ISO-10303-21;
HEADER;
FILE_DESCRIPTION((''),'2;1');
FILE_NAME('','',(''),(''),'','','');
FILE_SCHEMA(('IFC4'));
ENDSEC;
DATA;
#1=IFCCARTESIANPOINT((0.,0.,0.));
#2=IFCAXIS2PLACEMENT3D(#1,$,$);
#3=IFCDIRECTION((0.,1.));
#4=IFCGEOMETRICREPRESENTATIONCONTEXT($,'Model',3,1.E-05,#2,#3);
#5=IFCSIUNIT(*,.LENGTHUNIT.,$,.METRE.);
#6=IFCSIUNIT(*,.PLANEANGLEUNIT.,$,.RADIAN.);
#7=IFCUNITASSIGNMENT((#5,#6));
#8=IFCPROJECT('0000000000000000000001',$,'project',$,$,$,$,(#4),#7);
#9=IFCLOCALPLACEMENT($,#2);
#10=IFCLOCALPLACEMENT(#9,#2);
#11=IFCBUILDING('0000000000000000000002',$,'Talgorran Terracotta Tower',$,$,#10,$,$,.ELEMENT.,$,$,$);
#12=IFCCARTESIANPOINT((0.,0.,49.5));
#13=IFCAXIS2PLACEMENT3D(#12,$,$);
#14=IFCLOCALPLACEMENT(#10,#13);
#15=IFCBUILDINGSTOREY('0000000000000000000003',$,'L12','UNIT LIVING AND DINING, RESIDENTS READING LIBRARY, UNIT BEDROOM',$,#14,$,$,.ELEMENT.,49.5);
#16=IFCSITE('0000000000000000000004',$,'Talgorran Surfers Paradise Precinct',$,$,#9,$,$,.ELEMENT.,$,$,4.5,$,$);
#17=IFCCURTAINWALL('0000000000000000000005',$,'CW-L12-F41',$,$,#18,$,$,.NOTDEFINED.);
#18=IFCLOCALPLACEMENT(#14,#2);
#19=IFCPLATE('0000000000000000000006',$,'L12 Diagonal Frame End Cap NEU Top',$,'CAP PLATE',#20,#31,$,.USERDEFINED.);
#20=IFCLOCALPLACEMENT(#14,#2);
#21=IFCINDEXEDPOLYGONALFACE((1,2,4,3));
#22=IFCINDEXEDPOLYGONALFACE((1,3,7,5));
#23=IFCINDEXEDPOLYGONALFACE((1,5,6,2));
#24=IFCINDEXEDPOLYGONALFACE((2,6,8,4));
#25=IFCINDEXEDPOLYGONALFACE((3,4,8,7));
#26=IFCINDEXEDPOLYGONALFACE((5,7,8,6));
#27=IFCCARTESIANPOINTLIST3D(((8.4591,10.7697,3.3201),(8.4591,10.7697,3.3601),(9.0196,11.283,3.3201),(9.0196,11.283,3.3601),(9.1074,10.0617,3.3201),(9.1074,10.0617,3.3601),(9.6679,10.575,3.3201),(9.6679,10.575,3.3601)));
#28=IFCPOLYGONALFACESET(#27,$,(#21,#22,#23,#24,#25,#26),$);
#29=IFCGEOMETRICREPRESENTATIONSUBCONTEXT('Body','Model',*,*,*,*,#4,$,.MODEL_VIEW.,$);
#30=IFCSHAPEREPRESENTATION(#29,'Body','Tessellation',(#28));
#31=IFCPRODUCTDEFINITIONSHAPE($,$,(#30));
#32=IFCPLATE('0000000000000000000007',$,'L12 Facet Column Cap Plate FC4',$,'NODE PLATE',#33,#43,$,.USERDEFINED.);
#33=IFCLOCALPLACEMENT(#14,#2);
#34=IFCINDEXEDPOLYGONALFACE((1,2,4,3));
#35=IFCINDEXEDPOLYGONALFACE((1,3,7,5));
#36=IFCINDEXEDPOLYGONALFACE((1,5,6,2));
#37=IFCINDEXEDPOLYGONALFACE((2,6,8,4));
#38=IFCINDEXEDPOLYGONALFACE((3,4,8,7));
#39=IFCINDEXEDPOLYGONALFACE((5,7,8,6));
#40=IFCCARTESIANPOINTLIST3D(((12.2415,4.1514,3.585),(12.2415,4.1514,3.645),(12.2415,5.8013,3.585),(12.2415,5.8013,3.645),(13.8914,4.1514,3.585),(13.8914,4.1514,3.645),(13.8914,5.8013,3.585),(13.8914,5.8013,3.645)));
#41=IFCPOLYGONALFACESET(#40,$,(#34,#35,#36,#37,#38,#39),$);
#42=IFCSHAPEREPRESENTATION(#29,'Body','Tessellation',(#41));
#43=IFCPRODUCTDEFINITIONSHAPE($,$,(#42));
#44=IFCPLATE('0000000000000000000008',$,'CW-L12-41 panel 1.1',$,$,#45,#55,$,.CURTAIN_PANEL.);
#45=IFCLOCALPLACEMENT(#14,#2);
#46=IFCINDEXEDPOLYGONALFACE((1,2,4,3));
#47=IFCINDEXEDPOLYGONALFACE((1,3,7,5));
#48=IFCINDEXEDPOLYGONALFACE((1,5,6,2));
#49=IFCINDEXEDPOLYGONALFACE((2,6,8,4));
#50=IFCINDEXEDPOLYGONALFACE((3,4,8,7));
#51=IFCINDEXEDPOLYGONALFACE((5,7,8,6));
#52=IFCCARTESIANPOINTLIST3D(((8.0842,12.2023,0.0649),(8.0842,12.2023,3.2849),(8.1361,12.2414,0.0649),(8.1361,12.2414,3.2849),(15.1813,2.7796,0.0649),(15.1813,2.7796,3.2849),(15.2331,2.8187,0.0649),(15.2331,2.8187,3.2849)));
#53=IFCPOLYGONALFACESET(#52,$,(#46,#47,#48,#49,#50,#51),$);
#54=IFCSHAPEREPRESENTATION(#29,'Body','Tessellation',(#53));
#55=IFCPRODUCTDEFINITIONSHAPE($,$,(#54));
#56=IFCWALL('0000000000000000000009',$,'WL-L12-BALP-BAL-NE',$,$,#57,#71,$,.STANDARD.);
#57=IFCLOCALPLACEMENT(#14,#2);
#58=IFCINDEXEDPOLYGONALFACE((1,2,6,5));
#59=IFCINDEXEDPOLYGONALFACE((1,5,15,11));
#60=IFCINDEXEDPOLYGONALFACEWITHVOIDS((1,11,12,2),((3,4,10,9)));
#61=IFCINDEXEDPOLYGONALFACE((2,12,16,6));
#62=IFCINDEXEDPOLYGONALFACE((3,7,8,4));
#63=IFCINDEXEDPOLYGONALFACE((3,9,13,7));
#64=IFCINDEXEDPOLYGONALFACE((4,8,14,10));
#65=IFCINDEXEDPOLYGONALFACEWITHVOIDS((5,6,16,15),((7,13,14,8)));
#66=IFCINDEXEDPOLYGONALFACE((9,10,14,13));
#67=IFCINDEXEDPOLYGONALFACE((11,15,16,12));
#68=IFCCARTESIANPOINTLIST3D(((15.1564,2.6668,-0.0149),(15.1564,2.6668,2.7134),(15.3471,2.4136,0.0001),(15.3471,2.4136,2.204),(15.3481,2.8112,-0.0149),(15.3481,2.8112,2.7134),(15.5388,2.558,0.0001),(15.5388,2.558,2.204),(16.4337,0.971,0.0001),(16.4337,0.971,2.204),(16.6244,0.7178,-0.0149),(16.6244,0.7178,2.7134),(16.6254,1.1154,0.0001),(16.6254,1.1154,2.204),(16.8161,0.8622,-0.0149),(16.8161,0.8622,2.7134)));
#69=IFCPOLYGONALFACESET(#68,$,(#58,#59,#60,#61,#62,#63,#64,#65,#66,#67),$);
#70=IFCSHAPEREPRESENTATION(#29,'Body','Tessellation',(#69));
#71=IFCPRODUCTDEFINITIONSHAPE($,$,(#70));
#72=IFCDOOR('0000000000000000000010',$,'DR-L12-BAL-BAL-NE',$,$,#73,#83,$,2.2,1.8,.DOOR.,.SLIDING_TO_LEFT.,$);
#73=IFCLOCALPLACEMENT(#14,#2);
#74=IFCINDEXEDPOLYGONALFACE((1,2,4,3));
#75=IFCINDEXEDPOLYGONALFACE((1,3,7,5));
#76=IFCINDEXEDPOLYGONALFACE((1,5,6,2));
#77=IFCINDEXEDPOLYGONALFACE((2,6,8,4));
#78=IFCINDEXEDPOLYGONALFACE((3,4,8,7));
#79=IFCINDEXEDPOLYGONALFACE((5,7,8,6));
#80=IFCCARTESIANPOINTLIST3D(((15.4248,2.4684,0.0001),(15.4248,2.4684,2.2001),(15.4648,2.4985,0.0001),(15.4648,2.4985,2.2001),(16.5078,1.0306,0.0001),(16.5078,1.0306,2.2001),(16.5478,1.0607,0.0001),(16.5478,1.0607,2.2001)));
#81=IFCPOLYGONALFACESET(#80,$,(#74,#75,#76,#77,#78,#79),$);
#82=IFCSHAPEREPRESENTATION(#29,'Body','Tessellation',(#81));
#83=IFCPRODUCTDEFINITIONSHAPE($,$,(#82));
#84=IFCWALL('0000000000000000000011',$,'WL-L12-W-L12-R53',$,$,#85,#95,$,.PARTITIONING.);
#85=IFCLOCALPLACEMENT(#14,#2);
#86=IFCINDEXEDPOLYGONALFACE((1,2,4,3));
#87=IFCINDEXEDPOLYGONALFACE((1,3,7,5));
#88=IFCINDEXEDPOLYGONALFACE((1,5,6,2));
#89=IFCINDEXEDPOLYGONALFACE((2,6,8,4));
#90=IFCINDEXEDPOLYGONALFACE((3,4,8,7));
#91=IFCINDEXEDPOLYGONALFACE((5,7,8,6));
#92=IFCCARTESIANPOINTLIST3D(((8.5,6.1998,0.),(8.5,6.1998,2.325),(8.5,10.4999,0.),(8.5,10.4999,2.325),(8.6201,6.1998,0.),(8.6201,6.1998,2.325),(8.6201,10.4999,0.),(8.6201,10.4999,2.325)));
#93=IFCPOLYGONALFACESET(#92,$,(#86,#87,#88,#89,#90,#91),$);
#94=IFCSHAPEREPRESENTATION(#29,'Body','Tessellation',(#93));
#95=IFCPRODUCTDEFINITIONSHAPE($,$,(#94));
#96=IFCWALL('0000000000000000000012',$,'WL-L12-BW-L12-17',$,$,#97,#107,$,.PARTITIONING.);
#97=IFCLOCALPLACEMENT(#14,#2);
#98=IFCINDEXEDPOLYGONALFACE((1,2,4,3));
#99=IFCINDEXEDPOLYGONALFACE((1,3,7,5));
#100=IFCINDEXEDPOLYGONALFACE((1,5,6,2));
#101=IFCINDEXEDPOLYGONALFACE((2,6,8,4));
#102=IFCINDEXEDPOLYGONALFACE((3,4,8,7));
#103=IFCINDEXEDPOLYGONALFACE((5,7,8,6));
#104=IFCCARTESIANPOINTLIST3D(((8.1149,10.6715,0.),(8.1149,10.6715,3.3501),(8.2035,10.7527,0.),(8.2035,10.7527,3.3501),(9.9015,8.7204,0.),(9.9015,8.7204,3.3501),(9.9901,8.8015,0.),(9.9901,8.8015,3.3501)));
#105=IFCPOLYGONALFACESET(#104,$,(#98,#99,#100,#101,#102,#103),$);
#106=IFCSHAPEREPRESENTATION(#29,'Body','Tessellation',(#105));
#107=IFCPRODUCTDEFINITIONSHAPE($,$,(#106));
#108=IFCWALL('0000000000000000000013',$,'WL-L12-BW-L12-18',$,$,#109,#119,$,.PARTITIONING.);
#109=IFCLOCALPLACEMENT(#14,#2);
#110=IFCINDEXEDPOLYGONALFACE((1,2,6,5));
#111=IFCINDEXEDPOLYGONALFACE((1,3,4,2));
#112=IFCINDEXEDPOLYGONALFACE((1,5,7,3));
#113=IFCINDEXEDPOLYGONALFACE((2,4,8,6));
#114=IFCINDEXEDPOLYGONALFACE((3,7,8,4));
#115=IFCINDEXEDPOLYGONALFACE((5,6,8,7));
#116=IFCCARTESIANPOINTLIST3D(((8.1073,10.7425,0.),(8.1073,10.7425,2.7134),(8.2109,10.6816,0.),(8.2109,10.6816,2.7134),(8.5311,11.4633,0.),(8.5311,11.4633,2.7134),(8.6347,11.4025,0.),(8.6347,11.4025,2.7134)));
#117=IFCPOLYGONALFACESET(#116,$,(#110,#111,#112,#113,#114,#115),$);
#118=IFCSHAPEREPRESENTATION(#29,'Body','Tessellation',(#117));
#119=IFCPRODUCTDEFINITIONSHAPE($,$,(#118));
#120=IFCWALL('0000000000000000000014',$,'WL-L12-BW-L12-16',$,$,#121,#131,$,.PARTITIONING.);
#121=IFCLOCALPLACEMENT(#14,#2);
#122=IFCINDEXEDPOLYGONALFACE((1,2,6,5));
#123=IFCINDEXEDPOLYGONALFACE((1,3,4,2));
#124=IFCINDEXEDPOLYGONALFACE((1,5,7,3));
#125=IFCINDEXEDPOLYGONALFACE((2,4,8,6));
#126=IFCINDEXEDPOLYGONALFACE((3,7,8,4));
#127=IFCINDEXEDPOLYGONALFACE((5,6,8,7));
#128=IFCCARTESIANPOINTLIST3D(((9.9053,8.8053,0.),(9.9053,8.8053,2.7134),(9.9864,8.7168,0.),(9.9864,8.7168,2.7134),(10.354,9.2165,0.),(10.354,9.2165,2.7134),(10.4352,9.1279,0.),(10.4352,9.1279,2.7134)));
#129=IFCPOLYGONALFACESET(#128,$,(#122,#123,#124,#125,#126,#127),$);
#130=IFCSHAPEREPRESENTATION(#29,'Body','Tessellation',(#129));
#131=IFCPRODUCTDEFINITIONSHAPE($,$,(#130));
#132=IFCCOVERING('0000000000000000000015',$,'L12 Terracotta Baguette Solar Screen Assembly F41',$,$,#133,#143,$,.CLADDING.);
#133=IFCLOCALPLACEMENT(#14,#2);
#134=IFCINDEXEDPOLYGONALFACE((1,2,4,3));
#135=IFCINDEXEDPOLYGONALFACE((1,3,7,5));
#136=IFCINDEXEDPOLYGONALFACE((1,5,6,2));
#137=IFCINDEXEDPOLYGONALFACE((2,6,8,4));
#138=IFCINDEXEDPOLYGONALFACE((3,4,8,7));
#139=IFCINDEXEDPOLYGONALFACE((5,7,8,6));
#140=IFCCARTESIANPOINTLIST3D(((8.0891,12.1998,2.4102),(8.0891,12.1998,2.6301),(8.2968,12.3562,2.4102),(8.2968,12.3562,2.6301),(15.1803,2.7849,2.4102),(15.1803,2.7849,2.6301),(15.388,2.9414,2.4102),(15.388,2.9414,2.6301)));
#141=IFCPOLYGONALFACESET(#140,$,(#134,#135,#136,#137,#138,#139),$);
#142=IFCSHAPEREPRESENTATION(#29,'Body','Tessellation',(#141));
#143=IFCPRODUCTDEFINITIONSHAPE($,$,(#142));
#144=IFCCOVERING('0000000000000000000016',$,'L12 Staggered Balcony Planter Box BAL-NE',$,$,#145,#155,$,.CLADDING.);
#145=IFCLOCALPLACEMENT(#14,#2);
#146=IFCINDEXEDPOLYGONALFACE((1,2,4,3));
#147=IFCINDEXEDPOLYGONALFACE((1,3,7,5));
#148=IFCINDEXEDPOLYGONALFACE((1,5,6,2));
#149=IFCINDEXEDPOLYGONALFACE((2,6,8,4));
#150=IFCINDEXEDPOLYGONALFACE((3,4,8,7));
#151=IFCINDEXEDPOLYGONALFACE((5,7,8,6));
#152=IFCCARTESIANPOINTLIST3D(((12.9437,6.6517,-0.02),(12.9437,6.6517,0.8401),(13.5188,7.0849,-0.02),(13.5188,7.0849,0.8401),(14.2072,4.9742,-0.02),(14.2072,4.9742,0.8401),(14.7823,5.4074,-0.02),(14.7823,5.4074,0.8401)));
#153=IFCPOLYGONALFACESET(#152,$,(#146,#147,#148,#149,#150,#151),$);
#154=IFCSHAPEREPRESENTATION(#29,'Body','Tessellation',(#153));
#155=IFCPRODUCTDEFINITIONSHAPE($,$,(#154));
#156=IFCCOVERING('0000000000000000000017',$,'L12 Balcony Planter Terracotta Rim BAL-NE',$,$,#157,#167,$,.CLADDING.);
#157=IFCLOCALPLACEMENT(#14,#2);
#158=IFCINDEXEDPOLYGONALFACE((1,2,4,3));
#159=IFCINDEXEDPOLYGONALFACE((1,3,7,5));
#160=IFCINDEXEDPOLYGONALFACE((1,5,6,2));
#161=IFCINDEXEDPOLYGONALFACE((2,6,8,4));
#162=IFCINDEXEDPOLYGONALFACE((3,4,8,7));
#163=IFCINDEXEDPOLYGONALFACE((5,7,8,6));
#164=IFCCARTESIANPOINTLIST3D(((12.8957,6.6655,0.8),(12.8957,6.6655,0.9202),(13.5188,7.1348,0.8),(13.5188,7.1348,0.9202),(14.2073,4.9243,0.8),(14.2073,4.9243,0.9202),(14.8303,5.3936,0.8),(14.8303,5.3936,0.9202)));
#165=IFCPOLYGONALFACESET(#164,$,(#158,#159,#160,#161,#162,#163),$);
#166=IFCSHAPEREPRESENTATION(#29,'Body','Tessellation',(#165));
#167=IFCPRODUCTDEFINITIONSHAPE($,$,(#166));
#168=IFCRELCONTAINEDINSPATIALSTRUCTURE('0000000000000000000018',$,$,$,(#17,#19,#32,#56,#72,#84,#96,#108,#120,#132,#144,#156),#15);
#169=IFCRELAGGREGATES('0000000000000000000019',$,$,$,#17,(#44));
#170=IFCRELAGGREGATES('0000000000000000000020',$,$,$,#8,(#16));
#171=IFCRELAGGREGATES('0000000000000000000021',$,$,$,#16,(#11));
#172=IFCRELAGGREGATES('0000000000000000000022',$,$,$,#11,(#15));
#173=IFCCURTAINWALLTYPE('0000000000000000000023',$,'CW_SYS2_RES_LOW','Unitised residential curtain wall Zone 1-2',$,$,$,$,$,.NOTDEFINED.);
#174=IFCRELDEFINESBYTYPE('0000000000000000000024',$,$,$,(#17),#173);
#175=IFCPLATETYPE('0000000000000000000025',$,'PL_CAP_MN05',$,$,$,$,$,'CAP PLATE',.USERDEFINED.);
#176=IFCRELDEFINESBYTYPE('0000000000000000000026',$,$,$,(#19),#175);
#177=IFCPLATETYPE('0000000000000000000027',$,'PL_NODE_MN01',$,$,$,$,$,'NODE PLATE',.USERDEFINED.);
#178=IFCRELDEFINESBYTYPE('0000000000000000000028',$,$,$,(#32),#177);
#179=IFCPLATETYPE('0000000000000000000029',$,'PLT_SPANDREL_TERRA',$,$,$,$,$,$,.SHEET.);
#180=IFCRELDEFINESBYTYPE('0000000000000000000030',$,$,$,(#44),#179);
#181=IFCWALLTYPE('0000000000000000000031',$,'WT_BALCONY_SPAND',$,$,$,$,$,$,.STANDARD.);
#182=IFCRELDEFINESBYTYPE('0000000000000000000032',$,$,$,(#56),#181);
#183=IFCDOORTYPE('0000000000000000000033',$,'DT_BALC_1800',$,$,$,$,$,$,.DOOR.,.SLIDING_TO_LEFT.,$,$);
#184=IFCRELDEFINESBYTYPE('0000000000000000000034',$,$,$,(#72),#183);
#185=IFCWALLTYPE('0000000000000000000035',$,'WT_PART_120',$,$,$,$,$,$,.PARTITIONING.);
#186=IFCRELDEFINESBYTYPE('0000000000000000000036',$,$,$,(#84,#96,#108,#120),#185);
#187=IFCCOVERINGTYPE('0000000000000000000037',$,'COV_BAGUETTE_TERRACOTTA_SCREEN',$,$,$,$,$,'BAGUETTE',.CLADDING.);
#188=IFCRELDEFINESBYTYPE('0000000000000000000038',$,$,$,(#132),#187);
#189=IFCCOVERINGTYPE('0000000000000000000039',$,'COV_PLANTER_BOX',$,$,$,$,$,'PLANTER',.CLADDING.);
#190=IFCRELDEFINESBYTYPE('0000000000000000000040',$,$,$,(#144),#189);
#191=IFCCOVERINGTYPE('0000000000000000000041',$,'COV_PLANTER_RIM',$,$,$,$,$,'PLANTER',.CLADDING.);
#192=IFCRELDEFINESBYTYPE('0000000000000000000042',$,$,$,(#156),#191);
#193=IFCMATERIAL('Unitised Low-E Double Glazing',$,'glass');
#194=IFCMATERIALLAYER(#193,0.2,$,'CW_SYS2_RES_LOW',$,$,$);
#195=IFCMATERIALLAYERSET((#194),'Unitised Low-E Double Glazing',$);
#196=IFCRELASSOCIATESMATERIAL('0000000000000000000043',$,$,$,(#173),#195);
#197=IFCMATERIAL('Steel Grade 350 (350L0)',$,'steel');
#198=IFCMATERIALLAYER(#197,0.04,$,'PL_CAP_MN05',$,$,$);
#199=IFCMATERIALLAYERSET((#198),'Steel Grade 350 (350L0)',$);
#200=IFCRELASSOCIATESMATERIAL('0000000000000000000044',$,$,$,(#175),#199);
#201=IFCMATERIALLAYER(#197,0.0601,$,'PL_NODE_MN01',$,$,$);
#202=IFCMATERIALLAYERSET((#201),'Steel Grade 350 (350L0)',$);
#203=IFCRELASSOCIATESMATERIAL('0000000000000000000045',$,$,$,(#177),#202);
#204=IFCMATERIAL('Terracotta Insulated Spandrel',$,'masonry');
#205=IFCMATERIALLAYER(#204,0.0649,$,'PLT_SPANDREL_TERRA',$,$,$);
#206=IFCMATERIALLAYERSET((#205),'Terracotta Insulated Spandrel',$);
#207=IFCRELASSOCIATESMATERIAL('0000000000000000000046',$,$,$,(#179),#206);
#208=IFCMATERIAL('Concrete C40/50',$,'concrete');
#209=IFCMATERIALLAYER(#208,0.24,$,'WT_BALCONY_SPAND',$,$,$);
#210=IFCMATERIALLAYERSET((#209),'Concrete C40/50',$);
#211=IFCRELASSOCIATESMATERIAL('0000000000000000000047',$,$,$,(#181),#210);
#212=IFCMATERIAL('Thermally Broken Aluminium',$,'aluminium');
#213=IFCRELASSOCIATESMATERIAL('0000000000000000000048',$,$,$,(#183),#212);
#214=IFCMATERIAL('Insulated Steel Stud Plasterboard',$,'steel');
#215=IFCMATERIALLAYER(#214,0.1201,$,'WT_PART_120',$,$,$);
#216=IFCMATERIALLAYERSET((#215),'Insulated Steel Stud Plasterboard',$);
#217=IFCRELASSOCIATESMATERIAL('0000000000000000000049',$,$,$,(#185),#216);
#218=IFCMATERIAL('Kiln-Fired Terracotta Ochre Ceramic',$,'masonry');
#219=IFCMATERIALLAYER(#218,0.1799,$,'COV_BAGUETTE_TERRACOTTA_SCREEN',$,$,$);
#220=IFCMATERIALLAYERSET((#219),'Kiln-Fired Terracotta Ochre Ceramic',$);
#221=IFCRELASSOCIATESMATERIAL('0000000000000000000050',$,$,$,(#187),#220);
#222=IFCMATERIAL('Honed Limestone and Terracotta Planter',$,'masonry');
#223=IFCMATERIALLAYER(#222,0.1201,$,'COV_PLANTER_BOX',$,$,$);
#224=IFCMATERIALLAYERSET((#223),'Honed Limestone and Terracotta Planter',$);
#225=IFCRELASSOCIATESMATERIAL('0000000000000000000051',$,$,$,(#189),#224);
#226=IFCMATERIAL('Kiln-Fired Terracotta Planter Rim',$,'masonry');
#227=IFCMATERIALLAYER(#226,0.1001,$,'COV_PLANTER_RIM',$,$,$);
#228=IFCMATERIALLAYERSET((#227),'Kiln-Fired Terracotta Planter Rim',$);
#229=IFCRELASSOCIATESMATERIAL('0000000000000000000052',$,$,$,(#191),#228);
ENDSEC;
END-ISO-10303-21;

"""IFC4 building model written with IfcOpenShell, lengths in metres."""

from ifc_helpers import new_model, si_unit, direction, frame, frame_2d, origin, origin_2d, place, context, subcontext, project, spatial, rectangle, extrude, source, transform, mapped, material, layer, layer_set, type_object, type_shapes, element, fill, aggregate, save


model = new_model("IFC4")

# Units and contexts
model_context = context("Model", 3, precision=1e-05, world=origin(), true_north=direction((0.0, 1.0)))
body_context = subcontext(model_context, "Body", "Model", "MODEL_VIEW")
ifc_project = project(units=[si_unit("LENGTHUNIT", "METRE"), si_unit("PLANEANGLEUNIT", "RADIAN")], contexts=[model_context])

# Site, building, storey
site_placement = place(None, origin())
site = spatial("IfcSite", under=ifc_project, at=site_placement, Name="Talgorran Surfers Paradise Precinct", CompositionType="ELEMENT", RefElevation=4.5)
building_placement = place(site_placement, origin())
building = spatial("IfcBuilding", under=site, at=building_placement, Name="Talgorran Terracotta Tower", CompositionType="ELEMENT")
storey_placement = place(building_placement, frame((0.0, 0.0, 49.5)))
storey = spatial("IfcBuildingStorey", under=building, at=storey_placement, Name="L12", Description="UNIT LIVING AND DINING, RESIDENTS READING LIBRARY, UNIT BEDROOM", CompositionType="ELEMENT", Elevation=49.5)

# Shared definitions
ifc_material_1 = material(Name="Steel Grade 350 (350L0)", Category="steel")

# Shared definitions
ifc_material_2 = material(Name="Unitised Low-E Double Glazing", Category="glass")
ifc_layer_1 = layer(ifc_material_2, 0.2, Name="CW_SYS2_RES_LOW")
ifc_layer_set_1 = layer_set([ifc_layer_1], Name="Unitised Low-E Double Glazing")
curtain_wall_type = type_object("IfcCurtainWallType", Name="CW_SYS2_RES_LOW", Description="Unitised residential curtain wall Zone 1-2", PredefinedType="NOTDEFINED", material=ifc_layer_set_1)

# Curtain wall
curtain_wall_1_placement = place(storey_placement, origin())
curtain_wall_1 = element("IfcCurtainWall", 1, at=curtain_wall_1_placement, inside=storey, type_object=curtain_wall_type, Name="CW-L12-F41", PredefinedType="NOTDEFINED")

# Plates
ifc_layer_2 = layer(ifc_material_1, 0.04, Name="PL_CAP_MN05")
ifc_layer_set_2 = layer_set([ifc_layer_2], Name="Steel Grade 350 (350L0)")
plate_type_1 = type_object("IfcPlateType", Name="PL_CAP_MN05", ElementType="CAP PLATE", PredefinedType="USERDEFINED", material=ifc_layer_set_2)
for number, where, z_axis, x_axis, name in (
    (2, (9.0635, 10.6724, 3.3201), (0.0, 0.0, 1.0), (-0.675333, 0.737513, 0.0), "L12 Diagonal Frame End Cap NEU Top"),
):
    element("IfcPlate", number, at=place(storey_placement, frame(where, z_axis=z_axis, x_axis=x_axis)), inside=storey, type_object=plate_type_1, Name=name, ObjectType="CAP PLATE", PredefinedType="USERDEFINED", context=body_context, shape_type="SweptSolid", body=[
        extrude(rectangle(XDim=0.96, YDim=0.76, at=origin_2d()), origin(), (0.0, 0.0, 1.0), 0.04),
    ])
ifc_layer_3 = layer(ifc_material_1, 0.0601, Name="PL_NODE_MN01")
ifc_layer_set_3 = layer_set([ifc_layer_3], Name="Steel Grade 350 (350L0)")
plate_type_2 = type_object("IfcPlateType", Name="PL_NODE_MN01", ElementType="NODE PLATE", PredefinedType="USERDEFINED", material=ifc_layer_set_3)
plate_1_placement = place(storey_placement, frame((13.0664, 4.9763, 3.585), z_axis=(0.0, 0.0, 1.0), x_axis=(1.0, 0.0, 0.0)))
element("IfcPlate", 3, at=plate_1_placement, inside=storey, type_object=plate_type_2, Name="L12 Facet Column Cap Plate FC4", ObjectType="NODE PLATE", PredefinedType="USERDEFINED", context=body_context, shape_type="SweptSolid", body=[
    extrude(rectangle(XDim=1.6499, YDim=1.6499, at=origin_2d()), origin(), (0.0, 0.0, 1.0), 0.0601),
])

# Plate
ifc_material_3 = material(Name="Terracotta Insulated Spandrel", Category="masonry")
ifc_layer_4 = layer(ifc_material_3, 0.0649, Name="PLT_SPANDREL_TERRA")
ifc_layer_set_4 = layer_set([ifc_layer_4], Name="Terracotta Insulated Spandrel")
plate_type_3 = type_object("IfcPlateType", Name="PLT_SPANDREL_TERRA", PredefinedType="SHEET", material=ifc_layer_set_4)
shared_shape = source(origin(), body_context, "Body", "SweptSolid", [
    extrude(rectangle(XDim=11.7964, YDim=0.0649, at=origin_2d()), origin(), (0.0, 0.0, 1.0), 3.22),
])
type_shapes(plate_type_3, [shared_shape])
plate_2_placement = place(storey_placement, frame((11.6587, 7.5105, 0.0649), z_axis=(0.0, 0.0, 1.0), x_axis=(-0.601627, 0.798777, 0.0)))
plate_2 = element("IfcPlate", 4, at=plate_2_placement, type_object=plate_type_3, Name="CW-L12-41 panel 1.1", PredefinedType="CURTAIN_PANEL", context=body_context, shape_type="MappedRepresentation", body=[
    mapped(shared_shape, transform((0.0, 0.0, 0.0), scale=1.0)),
])
aggregate(curtain_wall_1, [plate_2])

# Wall, opening, door
ifc_material_4 = material(Name="Concrete C40/50", Category="concrete")
ifc_layer_5 = layer(ifc_material_4, 0.24, Name="WT_BALCONY_SPAND")
ifc_layer_set_5 = layer_set([ifc_layer_5], Name="Concrete C40/50")
wall_type_1 = type_object("IfcWallType", Name="WT_BALCONY_SPAND", PredefinedType="STANDARD", material=ifc_layer_set_5)
wall_1_placement = place(storey_placement, frame((16.7202, 0.79, -0.0149), z_axis=(0.0, 0.0, 1.0), x_axis=(-0.601648, 0.798762, 0.0)))
wall_1 = element("IfcWall", 5, at=wall_1_placement, inside=storey, type_object=wall_type_1, Name="WL-L12-BALP-BAL-NE", PredefinedType="STANDARD", context=body_context, shape_type="SweptSolid", body=[
    extrude(rectangle(XDim=2.4399, YDim=0.24, at=frame_2d((1.22, 0.0))), origin(), (0.0, 0.0, 1.0), 2.7283),
])
opening_placement = place(wall_1_placement, frame((0.3201, 0.0, 0.0149)))
opening = element("IfcOpeningElement", 6, at=opening_placement, cuts=wall_1, PredefinedType="OPENING", context=body_context, shape_type="SweptSolid", body=[
    extrude(rectangle(XDim=1.806, YDim=2.204, at=frame_2d((0.8999, 1.1021))), frame((0.0, 0.1299, 0.0), z_axis=(0.0, -1.0, 0.0), x_axis=(1.0, 0.0, 0.0)), (0.0, 0.0, 1.0), 0.26),
])
ifc_material_5 = material(Name="Thermally Broken Aluminium", Category="aluminium")
door_type = type_object("IfcDoorType", Name="DT_BALC_1800", OperationType="SLIDING_TO_LEFT", PredefinedType="DOOR", material=ifc_material_5)
door_placement = place(opening_placement, origin())
door = element("IfcDoor", 7, at=door_placement, inside=storey, type_object=door_type, Name="DR-L12-BAL-BAL-NE", OperationType="SLIDING_TO_LEFT", OverallHeight=2.2, OverallWidth=1.8, PredefinedType="DOOR", context=body_context, shape_type="SweptSolid", body=[
    extrude(rectangle(XDim=1.8, YDim=2.2, at=frame_2d((0.8999, 1.1001))), frame((0.0, 0.0249, 0.0), z_axis=(0.0, -1.0, 0.0), x_axis=(1.0, 0.0, 0.0)), (0.0, 0.0, 1.0), 0.05),
])
fill(opening, door)

# Walls
ifc_material_6 = material(Name="Insulated Steel Stud Plasterboard", Category="steel")
ifc_layer_6 = layer(ifc_material_6, 0.1201, Name="WT_PART_120")
ifc_layer_set_6 = layer_set([ifc_layer_6], Name="Insulated Steel Stud Plasterboard")
wall_type_2 = type_object("IfcWallType", Name="WT_PART_120", PredefinedType="PARTITIONING", material=ifc_layer_set_6)
wall_2_placement = place(storey_placement, frame((8.5601, 6.2, 0.0), z_axis=(0.0, 0.0, 1.0), x_axis=(0.0, 1.0, 0.0)))
element("IfcWall", 8, at=wall_2_placement, inside=storey, type_object=wall_type_2, Name="WL-L12-W-L12-R53", PredefinedType="PARTITIONING", context=body_context, shape_type="SweptSolid", body=[
    extrude(rectangle(XDim=4.3, YDim=0.1201, at=frame_2d((2.1499, 0.0))), origin(), (0.0, 0.0, 1.0), 2.325),
])
wall_3_placement = place(storey_placement, frame((9.9458, 8.761, 0.0), z_axis=(0.0, 0.0, 1.0), x_axis=(-0.675323, 0.737522, 0.0)))
element("IfcWall", 9, at=wall_3_placement, inside=storey, type_object=wall_type_2, Name="WL-L12-BW-L12-17", PredefinedType="PARTITIONING", context=body_context, shape_type="SweptSolid", body=[
    extrude(rectangle(XDim=2.6455, YDim=0.1201, at=frame_2d((1.3228, 0.0))), origin(), (0.0, 0.0, 1.0), 3.3501),
])
wall_4_placement = place(storey_placement, frame((8.1592, 10.7122, 0.0), z_axis=(0.0, 0.0, 1.0), x_axis=(0.50679, 0.862069, 0.0)))
element("IfcWall", 10, at=wall_4_placement, inside=storey, type_object=wall_type_2, Name="WL-L12-BW-L12-18", PredefinedType="PARTITIONING", context=body_context, shape_type="SweptSolid", body=[
    extrude(rectangle(XDim=0.8362, YDim=0.1201, at=frame_2d((0.418, 0.0))), origin(), (0.0, 0.0, 1.0), 2.7134),
])
wall_5_placement = place(storey_placement, frame((10.3945, 9.1721, 0.0), z_axis=(0.0, 0.0, 1.0), x_axis=(-0.737321, -0.675543, 0.0)))
element("IfcWall", 11, at=wall_5_placement, inside=storey, type_object=wall_type_2, Name="WL-L12-BW-L12-16", PredefinedType="PARTITIONING", context=body_context, shape_type="SweptSolid", body=[
    extrude(rectangle(XDim=0.6086, YDim=0.1201, at=frame_2d((0.3042, 0.0))), origin(), (0.0, 0.0, 1.0), 2.7134),
])

# Coverings
ifc_material_7 = material(Name="Kiln-Fired Terracotta Ochre Ceramic", Category="masonry")
ifc_layer_7 = layer(ifc_material_7, 0.1799, Name="COV_BAGUETTE_TERRACOTTA_SCREEN")
ifc_layer_set_7 = layer_set([ifc_layer_7], Name="Kiln-Fired Terracotta Ochre Ceramic")
covering_type_1 = type_object("IfcCoveringType", Name="COV_BAGUETTE_TERRACOTTA_SCREEN", ElementType="BAGUETTE", PredefinedType="CLADDING", material=ifc_layer_set_7)
covering_1_placement = place(storey_placement, frame((11.7385, 7.5706, 2.4102), z_axis=(0.0, 0.0, 1.0), x_axis=(-0.601634, 0.798772, 0.0)))
element("IfcCovering", 12, at=covering_1_placement, inside=storey, type_object=covering_type_1, Name="L12 Terracotta Baguette Solar Screen Assembly F41", PredefinedType="CLADDING", context=body_context, shape_type="SweptSolid", body=[
    extrude(rectangle(XDim=11.7866, YDim=0.26, at=origin_2d()), origin(), (0.0, 0.0, 1.0), 0.22),
])
ifc_material_8 = material(Name="Honed Limestone and Terracotta Planter", Category="masonry")
ifc_layer_8 = layer(ifc_material_8, 0.1201, Name="COV_PLANTER_BOX")
ifc_layer_set_8 = layer_set([ifc_layer_8], Name="Honed Limestone and Terracotta Planter")
covering_type_2 = type_object("IfcCoveringType", Name="COV_PLANTER_BOX", ElementType="PLANTER", PredefinedType="CLADDING", material=ifc_layer_set_8)
covering_2_placement = place(storey_placement, frame((13.863, 6.0295, -0.02), z_axis=(0.0, 0.0, 1.0), x_axis=(-0.601634, 0.798772, 0.0)))
element("IfcCovering", 13, at=covering_2_placement, inside=storey, type_object=covering_type_2, Name="L12 Staggered Balcony Planter Box BAL-NE", PredefinedType="CLADDING", context=body_context, shape_type="SweptSolid", body=[
    extrude(rectangle(XDim=2.1001, YDim=0.72, at=origin_2d()), origin(), (0.0, 0.0, 1.0), 0.8601),
])
ifc_material_9 = material(Name="Kiln-Fired Terracotta Planter Rim", Category="masonry")
ifc_layer_9 = layer(ifc_material_9, 0.1001, Name="COV_PLANTER_RIM")
ifc_layer_set_9 = layer_set([ifc_layer_9], Name="Kiln-Fired Terracotta Planter Rim")
covering_type_3 = type_object("IfcCoveringType", Name="COV_PLANTER_RIM", ElementType="PLANTER", PredefinedType="CLADDING", material=ifc_layer_set_9)
covering_3_placement = place(storey_placement, frame((13.863, 6.0295, 0.8), z_axis=(0.0, 0.0, 1.0), x_axis=(-0.601634, 0.798772, 0.0)))
element("IfcCovering", 14, at=covering_3_placement, inside=storey, type_object=covering_type_3, Name="L12 Balcony Planter Terracotta Rim BAL-NE", PredefinedType="CLADDING", context=body_context, shape_type="SweptSolid", body=[
    extrude(rectangle(XDim=2.1799, YDim=0.78, at=origin_2d()), origin(), (0.0, 0.0, 1.0), 0.1201),
])

save(model, "model.ifc")
